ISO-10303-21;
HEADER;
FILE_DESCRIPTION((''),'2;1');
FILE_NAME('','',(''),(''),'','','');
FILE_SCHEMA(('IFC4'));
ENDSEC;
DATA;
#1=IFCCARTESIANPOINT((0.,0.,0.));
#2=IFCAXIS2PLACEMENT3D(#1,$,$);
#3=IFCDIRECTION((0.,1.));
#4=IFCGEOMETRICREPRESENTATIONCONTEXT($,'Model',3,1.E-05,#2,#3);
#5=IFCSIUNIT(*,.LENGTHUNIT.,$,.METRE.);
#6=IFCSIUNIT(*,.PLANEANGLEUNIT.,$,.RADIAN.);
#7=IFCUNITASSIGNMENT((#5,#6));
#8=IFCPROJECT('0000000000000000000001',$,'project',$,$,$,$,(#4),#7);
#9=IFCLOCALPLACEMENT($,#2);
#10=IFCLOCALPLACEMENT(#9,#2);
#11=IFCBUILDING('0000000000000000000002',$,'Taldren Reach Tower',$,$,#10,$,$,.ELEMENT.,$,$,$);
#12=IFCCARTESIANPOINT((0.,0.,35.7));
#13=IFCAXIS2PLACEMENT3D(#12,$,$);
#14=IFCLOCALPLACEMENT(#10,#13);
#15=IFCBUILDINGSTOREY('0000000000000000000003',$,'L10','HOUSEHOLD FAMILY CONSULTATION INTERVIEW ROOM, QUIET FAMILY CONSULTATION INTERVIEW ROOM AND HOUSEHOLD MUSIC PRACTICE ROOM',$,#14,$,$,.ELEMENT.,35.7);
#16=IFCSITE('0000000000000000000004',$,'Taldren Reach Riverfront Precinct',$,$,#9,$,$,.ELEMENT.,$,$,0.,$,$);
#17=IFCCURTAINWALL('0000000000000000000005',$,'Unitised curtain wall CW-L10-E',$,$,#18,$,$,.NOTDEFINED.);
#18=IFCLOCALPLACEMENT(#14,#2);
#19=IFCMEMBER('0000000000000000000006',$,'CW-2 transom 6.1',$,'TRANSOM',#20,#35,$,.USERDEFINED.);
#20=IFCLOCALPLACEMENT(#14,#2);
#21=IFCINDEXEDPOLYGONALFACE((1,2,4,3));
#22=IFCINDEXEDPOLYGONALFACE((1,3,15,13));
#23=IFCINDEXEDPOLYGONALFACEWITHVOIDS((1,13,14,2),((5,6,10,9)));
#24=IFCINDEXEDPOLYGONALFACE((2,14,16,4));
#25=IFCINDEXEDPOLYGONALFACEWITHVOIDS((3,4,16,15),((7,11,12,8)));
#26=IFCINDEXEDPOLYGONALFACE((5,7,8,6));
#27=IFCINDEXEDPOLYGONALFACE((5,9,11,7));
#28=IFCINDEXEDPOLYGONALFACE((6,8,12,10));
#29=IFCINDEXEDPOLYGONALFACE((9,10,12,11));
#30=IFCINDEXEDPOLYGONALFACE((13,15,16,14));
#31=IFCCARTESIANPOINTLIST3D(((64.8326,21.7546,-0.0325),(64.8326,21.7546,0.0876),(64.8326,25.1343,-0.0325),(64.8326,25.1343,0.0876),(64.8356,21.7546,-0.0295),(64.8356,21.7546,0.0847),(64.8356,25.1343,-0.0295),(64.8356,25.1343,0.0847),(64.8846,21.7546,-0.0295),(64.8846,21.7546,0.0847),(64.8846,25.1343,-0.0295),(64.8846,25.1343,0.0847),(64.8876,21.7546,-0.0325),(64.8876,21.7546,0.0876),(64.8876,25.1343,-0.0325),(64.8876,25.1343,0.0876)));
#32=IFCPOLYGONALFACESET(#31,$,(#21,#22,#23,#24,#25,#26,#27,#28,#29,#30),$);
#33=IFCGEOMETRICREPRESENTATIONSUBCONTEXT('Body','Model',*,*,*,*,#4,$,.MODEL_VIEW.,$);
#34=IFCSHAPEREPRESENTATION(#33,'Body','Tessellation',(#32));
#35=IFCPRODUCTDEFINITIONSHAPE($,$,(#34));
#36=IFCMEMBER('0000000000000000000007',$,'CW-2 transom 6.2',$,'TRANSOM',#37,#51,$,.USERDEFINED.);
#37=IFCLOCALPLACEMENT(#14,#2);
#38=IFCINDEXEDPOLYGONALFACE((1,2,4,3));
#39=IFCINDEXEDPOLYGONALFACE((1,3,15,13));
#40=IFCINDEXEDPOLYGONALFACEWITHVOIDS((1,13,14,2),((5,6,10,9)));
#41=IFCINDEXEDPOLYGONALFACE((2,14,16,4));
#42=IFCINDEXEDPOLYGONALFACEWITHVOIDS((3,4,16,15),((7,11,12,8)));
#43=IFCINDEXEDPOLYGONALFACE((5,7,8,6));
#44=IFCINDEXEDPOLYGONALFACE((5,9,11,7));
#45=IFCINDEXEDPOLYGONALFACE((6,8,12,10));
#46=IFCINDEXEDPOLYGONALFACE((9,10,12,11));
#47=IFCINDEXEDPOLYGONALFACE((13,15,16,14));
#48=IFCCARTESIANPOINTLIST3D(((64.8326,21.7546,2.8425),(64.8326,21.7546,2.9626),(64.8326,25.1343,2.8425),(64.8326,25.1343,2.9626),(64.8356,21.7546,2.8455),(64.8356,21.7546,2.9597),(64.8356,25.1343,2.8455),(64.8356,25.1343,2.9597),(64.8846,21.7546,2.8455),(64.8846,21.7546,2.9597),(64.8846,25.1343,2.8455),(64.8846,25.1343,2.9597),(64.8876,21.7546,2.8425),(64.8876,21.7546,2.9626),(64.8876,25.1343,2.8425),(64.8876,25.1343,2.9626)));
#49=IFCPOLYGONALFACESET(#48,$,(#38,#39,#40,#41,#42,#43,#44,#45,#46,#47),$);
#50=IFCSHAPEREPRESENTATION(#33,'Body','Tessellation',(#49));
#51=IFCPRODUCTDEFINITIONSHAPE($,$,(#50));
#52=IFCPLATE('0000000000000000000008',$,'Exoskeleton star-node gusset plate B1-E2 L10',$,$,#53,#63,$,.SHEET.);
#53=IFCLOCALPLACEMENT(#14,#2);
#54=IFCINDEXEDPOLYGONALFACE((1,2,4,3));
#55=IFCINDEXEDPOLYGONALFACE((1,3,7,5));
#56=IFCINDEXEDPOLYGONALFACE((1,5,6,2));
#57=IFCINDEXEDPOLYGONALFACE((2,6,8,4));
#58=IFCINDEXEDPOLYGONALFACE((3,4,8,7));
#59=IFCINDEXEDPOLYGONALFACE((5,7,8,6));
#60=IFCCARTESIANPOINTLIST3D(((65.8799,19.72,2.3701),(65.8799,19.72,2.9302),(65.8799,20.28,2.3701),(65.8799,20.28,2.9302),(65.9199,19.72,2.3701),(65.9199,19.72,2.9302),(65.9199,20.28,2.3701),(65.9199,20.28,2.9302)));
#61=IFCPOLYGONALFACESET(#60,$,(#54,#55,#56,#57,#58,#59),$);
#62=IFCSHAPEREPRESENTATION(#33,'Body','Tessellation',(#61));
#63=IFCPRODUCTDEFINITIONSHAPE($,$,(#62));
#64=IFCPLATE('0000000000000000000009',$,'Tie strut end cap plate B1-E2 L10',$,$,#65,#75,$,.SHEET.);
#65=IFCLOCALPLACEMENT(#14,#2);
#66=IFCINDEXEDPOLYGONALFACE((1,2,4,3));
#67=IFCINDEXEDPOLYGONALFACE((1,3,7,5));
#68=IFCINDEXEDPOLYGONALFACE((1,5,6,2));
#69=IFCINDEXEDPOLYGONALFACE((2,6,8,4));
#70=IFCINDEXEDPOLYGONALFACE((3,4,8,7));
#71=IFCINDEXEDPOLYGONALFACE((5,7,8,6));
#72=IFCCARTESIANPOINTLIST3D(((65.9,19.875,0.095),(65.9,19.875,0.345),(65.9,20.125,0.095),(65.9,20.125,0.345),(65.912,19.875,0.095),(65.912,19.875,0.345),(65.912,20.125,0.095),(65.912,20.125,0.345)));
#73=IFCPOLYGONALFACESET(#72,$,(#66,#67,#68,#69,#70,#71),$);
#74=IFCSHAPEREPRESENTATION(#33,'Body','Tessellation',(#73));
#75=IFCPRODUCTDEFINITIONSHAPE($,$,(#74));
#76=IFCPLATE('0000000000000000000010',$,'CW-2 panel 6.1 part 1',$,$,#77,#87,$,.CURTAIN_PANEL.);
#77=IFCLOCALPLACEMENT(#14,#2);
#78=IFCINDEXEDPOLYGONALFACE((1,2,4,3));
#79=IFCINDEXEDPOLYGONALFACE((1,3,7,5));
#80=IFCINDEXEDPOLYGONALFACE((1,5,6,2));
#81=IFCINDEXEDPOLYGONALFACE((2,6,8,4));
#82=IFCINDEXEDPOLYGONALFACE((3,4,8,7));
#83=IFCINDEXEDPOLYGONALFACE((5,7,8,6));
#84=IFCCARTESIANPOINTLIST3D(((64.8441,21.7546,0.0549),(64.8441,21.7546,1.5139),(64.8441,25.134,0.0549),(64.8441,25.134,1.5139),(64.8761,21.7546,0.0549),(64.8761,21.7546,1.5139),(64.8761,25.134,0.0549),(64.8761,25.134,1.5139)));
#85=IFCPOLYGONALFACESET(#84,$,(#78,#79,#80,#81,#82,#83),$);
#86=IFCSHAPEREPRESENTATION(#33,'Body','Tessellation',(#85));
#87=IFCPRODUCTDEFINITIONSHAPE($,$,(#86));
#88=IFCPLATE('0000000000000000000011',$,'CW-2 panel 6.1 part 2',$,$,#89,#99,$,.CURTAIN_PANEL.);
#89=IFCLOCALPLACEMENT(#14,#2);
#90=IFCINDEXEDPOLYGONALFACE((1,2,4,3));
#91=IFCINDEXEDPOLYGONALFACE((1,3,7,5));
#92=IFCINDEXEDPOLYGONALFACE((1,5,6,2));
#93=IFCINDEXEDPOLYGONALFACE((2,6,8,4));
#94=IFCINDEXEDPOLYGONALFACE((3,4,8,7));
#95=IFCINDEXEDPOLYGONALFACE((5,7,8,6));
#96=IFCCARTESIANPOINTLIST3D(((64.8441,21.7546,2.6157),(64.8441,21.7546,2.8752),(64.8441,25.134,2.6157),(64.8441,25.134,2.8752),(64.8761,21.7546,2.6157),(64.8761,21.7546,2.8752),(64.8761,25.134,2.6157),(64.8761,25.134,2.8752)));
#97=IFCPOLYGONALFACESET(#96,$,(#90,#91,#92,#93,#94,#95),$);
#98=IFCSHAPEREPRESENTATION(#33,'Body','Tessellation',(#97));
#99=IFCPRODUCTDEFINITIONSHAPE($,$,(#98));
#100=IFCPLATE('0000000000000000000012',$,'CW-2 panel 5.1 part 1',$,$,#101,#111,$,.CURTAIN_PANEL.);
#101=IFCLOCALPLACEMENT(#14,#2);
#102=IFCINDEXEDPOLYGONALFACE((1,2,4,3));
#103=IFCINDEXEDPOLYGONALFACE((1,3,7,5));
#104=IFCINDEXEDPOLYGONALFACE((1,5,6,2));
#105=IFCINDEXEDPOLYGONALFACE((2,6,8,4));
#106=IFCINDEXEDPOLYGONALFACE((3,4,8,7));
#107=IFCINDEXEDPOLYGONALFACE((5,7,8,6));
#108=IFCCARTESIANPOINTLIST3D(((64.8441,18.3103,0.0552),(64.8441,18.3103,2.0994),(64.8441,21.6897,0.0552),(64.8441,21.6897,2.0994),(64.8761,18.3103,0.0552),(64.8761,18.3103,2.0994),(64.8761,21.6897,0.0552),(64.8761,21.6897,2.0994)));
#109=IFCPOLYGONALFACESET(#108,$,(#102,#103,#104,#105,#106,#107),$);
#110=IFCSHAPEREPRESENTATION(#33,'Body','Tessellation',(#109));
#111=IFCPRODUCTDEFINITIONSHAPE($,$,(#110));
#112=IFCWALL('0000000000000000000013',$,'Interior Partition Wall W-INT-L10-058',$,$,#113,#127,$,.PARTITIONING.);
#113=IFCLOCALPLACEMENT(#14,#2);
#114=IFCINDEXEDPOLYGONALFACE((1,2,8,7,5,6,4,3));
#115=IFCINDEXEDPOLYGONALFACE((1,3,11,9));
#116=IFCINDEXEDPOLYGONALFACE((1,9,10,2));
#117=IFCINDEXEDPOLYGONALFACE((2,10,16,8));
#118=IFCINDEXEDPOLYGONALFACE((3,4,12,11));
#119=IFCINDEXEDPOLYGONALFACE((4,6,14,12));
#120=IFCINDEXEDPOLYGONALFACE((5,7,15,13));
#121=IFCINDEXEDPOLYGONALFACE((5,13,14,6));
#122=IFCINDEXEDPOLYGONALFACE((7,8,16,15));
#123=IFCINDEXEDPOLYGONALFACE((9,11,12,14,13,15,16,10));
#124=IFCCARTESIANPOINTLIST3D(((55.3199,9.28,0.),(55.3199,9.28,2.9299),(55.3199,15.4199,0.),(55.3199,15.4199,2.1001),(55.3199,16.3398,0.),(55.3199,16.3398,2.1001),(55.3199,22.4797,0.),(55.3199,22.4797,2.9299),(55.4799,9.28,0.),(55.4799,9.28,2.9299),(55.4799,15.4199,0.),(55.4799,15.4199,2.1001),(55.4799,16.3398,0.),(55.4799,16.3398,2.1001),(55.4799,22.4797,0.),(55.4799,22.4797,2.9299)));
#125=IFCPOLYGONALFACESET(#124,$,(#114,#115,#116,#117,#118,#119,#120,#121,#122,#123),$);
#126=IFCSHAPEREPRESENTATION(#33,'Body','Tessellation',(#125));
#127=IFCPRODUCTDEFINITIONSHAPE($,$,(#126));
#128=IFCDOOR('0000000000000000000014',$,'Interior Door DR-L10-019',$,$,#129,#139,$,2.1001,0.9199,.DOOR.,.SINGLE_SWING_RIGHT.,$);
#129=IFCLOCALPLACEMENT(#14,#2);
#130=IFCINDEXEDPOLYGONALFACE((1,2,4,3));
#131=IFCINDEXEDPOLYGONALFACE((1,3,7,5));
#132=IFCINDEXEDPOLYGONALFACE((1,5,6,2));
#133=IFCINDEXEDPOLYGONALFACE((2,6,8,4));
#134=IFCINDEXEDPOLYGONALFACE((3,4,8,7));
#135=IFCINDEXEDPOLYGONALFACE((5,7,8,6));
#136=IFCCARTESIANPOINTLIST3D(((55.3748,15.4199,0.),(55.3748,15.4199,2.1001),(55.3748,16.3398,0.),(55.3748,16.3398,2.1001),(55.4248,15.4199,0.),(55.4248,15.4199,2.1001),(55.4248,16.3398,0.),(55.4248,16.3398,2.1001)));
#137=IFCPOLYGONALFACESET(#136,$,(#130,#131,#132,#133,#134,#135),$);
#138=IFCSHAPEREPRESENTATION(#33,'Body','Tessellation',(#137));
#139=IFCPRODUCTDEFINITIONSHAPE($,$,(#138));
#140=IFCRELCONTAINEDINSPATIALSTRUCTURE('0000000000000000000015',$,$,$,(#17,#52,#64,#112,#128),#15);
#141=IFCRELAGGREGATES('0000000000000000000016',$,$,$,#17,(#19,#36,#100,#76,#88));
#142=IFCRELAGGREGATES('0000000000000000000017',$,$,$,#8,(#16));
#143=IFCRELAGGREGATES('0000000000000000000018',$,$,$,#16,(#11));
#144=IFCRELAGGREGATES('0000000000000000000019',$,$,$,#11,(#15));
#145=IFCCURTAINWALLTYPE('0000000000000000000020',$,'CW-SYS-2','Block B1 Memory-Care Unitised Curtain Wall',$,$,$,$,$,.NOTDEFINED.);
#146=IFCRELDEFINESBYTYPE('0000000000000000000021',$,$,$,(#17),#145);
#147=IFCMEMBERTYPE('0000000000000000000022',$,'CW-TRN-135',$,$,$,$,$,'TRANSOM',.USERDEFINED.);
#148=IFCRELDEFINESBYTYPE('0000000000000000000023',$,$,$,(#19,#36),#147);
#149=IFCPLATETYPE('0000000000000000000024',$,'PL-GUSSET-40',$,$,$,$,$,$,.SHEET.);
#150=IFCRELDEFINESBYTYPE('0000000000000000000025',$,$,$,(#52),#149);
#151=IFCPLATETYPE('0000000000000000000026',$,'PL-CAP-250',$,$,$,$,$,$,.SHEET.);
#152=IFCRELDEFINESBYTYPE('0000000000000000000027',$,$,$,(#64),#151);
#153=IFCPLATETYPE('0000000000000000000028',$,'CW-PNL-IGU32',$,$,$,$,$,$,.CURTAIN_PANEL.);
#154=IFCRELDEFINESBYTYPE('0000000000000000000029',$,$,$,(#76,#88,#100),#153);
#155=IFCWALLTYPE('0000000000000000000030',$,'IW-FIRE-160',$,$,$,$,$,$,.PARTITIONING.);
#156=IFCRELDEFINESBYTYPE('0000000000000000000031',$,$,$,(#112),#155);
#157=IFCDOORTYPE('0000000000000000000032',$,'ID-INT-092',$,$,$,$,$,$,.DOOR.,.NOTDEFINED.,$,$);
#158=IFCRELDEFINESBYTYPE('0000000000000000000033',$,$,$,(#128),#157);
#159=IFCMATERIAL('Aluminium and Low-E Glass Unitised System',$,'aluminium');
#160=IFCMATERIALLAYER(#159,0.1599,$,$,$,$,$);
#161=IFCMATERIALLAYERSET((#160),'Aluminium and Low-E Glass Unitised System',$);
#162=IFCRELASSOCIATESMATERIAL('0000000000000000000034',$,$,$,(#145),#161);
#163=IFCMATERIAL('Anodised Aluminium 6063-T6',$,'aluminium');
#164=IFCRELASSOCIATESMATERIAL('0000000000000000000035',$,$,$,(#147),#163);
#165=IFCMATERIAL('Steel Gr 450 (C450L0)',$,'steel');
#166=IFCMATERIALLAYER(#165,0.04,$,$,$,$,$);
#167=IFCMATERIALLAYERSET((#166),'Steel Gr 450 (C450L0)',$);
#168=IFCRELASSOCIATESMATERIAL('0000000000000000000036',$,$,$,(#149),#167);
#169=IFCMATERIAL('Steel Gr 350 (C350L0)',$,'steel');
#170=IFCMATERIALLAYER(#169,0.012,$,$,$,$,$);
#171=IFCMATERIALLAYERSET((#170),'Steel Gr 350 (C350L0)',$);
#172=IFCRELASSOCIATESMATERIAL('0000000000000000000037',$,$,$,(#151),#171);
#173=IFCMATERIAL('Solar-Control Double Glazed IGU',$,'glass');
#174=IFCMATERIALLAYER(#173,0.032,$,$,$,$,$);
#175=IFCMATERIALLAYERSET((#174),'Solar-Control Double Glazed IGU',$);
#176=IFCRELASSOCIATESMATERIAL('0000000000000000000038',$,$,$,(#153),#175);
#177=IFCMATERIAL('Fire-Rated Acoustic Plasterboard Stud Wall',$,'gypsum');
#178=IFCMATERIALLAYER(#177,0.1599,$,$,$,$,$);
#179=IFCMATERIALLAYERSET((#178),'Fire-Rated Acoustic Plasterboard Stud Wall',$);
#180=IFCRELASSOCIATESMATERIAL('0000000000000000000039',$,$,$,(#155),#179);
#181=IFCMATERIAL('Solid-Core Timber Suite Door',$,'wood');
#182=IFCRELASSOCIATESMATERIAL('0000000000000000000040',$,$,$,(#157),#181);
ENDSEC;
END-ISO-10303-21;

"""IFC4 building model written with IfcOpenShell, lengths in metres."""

from ifc_helpers import new_model, si_unit, direction, frame, frame_2d, origin, origin_2d, place, context, subcontext, project, spatial, rectangle, hollow_rectangle, extrude, source, transform, mapped, material, layer, layer_set, material_profile, profile_set, type_object, element, fill, aggregate, save


model = new_model("IFC4")

# Units and contexts
model_context = context("Model", 3, precision=1e-05, world=origin(), true_north=direction((0.0, 1.0)))
body_context = subcontext(model_context, "Body", "Model", "MODEL_VIEW")
ifc_project = project(units=[si_unit("LENGTHUNIT", "METRE"), si_unit("PLANEANGLEUNIT", "RADIAN")], contexts=[model_context])

# Site, building, storey
site_placement = place(None, origin())
site = spatial("IfcSite", under=ifc_project, at=site_placement, Name="Taldren Reach Riverfront Precinct", CompositionType="ELEMENT", RefElevation=0.0)
building_placement = place(site_placement, origin())
building = spatial("IfcBuilding", under=site, at=building_placement, Name="Taldren Reach Tower", CompositionType="ELEMENT")
storey_placement = place(building_placement, frame((0.0, 0.0, 35.7)))
storey = spatial("IfcBuildingStorey", under=building, at=storey_placement, Name="L10", Description="HOUSEHOLD FAMILY CONSULTATION INTERVIEW ROOM, QUIET FAMILY CONSULTATION INTERVIEW ROOM AND HOUSEHOLD MUSIC PRACTICE ROOM", CompositionType="ELEMENT", Elevation=35.7)

# Shared definitions
ifc_material_1 = material(Name="Steel Gr 450 (C450L0)", Category="steel")
ifc_material_2 = material(Name="Steel Gr 350 (C350L0)", Category="steel")

# Curtain wall, members
ifc_material_3 = material(Name="Aluminium and Low-E Glass Unitised System", Category="aluminium")
ifc_layer_1 = layer(ifc_material_3, 0.1599)
ifc_layer_set_1 = layer_set([ifc_layer_1], Name="Aluminium and Low-E Glass Unitised System")
curtain_wall_type = type_object("IfcCurtainWallType", Name="CW-SYS-2", Description="Block B1 Memory-Care Unitised Curtain Wall", PredefinedType="NOTDEFINED", material=ifc_layer_set_1)
curtain_wall_placement = place(storey_placement, origin())
curtain_wall = element("IfcCurtainWall", 1, at=curtain_wall_placement, inside=storey, type_object=curtain_wall_type, Name="Unitised curtain wall CW-L10-E", PredefinedType="NOTDEFINED")
ifc_material_4 = material(Name="Anodised Aluminium 6063-T6", Category="aluminium")
ifc_material_profile_1 = material_profile(ifc_material_4, hollow_rectangle(XDim=0.0549, YDim=0.1201, WallThickness=0.0029, at=origin_2d()), Name="ALU-120x55x3RHS")
ifc_profile_set_1 = profile_set([ifc_material_profile_1], Name="Anodised Aluminium 6063-T6")
member_type_1 = type_object("IfcMemberType", Name="CW-TRN-135", ElementType="TRANSOM", PredefinedType="USERDEFINED", material=ifc_profile_set_1)
shared_shape_1 = source(origin(), body_context, "Body", "SweptSolid", [
    extrude(hollow_rectangle(XDim=0.0549, YDim=0.1201, WallThickness=0.0029, at=origin_2d()), origin(), (0.0, 0.0, 1.0), 3.3796),
])
member_1_placement = place(storey_placement, frame((64.8601, 21.7546, 0.0276), z_axis=(0.0, 1.0, 0.0), x_axis=(-1.0, 0.0, 0.0)))
member_1 = element("IfcMember", 2, at=member_1_placement, type_object=member_type_1, Name="CW-2 transom 6.1", ObjectType="TRANSOM", PredefinedType="USERDEFINED", context=body_context, shape_type="MappedRepresentation", body=[
    mapped(shared_shape_1, transform((0.0, 0.0, 0.0), scale=1.0)),
])
member_2_placement = place(storey_placement, frame((64.8601, 21.7546, 2.9026), z_axis=(0.0, 1.0, 0.0), x_axis=(-1.0, 0.0, 0.0)))
member_2 = element("IfcMember", 3, at=member_2_placement, type_object=member_type_1, Name="CW-2 transom 6.2", ObjectType="TRANSOM", PredefinedType="USERDEFINED", context=body_context, shape_type="MappedRepresentation", body=[
    mapped(shared_shape_1, transform((0.0, 0.0, 0.0), scale=1.0)),
])

# Plates
ifc_layer_2 = layer(ifc_material_1, 0.04)
ifc_layer_set_2 = layer_set([ifc_layer_2], Name="Steel Gr 450 (C450L0)")
plate_type_1 = type_object("IfcPlateType", Name="PL-GUSSET-40", PredefinedType="SHEET", material=ifc_layer_set_2)
shared_shape_2 = source(origin(), body_context, "Body", "SweptSolid", [
    extrude(rectangle(XDim=0.5601, YDim=0.04, at=origin_2d()), origin(), (0.0, 0.0, 1.0), 0.5601),
])
plate_1_placement = place(storey_placement, frame((65.8999, 20.0, 2.3701), z_axis=(0.0, 0.0, 1.0), x_axis=(0.0, 1.0, 0.0)))
element("IfcPlate", 4, at=plate_1_placement, inside=storey, type_object=plate_type_1, Name="Exoskeleton star-node gusset plate B1-E2 L10", PredefinedType="SHEET", context=body_context, shape_type="MappedRepresentation", body=[
    mapped(shared_shape_2, transform((0.0, 0.0, 0.0), scale=1.0)),
])
ifc_layer_3 = layer(ifc_material_2, 0.012)
ifc_layer_set_3 = layer_set([ifc_layer_3], Name="Steel Gr 350 (C350L0)")
plate_type_2 = type_object("IfcPlateType", Name="PL-CAP-250", PredefinedType="SHEET", material=ifc_layer_set_3)
shared_shape_3 = source(origin(), body_context, "Body", "SweptSolid", [
    extrude(rectangle(XDim=0.012, YDim=0.25, at=origin_2d()), origin(), (0.0, 0.0, 1.0), 0.25),
])
plate_2_placement = place(storey_placement, frame((65.906, 20.0, 0.095), z_axis=(0.0, 0.0, 1.0), x_axis=(1.0, 0.0, 0.0)))
element("IfcPlate", 5, at=plate_2_placement, inside=storey, type_object=plate_type_2, Name="Tie strut end cap plate B1-E2 L10", PredefinedType="SHEET", context=body_context, shape_type="MappedRepresentation", body=[
    mapped(shared_shape_3, transform((0.0, 0.0, 0.0), scale=1.0)),
])

# Plates
ifc_material_5 = material(Name="Solar-Control Double Glazed IGU", Category="glass")
ifc_layer_4 = layer(ifc_material_5, 0.032)
ifc_layer_set_4 = layer_set([ifc_layer_4], Name="Solar-Control Double Glazed IGU")
plate_type_3 = type_object("IfcPlateType", Name="CW-PNL-IGU32", PredefinedType="CURTAIN_PANEL", material=ifc_layer_set_4)
shared_shape_4 = source(origin(), body_context, "Body", "SweptSolid", [
    extrude(rectangle(XDim=3.3794, YDim=0.032, at=origin_2d()), origin(), (0.0, 0.0, 1.0), 1.459),
])
plate_3_placement = place(storey_placement, frame((64.8601, 23.4443, 0.0549), z_axis=(0.0, 0.0, 1.0), x_axis=(0.0, 1.0, 0.0)))
plate_3 = element("IfcPlate", 6, at=plate_3_placement, type_object=plate_type_3, Name="CW-2 panel 6.1 part 1", PredefinedType="CURTAIN_PANEL", context=body_context, shape_type="MappedRepresentation", body=[
    mapped(shared_shape_4, transform((0.0, 0.0, 0.0), scale=1.0)),
])
shared_shape_5 = source(origin(), body_context, "Body", "SweptSolid", [
    extrude(rectangle(XDim=3.3794, YDim=0.032, at=origin_2d()), origin(), (0.0, 0.0, 1.0), 0.2595),
])
plate_4_placement = place(storey_placement, frame((64.8601, 23.4443, 2.6157), z_axis=(0.0, 0.0, 1.0), x_axis=(0.0, 1.0, 0.0)))
plate_4 = element("IfcPlate", 7, at=plate_4_placement, type_object=plate_type_3, Name="CW-2 panel 6.1 part 2", PredefinedType="CURTAIN_PANEL", context=body_context, shape_type="MappedRepresentation", body=[
    mapped(shared_shape_5, transform((0.0, 0.0, 0.0), scale=1.0)),
])
shared_shape_6 = source(origin(), body_context, "Body", "SweptSolid", [
    extrude(rectangle(XDim=3.3794, YDim=0.032, at=origin_2d()), origin(), (0.0, 0.0, 1.0), 2.0442),
])
plate_5_placement = place(storey_placement, frame((64.8601, 20.0, 0.0552), z_axis=(0.0, 0.0, 1.0), x_axis=(0.0, 1.0, 0.0)))
plate_5 = element("IfcPlate", 8, at=plate_5_placement, type_object=plate_type_3, Name="CW-2 panel 5.1 part 1", PredefinedType="CURTAIN_PANEL", context=body_context, shape_type="MappedRepresentation", body=[
    mapped(shared_shape_6, transform((0.0, 0.0, 0.0), scale=1.0)),
])
aggregate(curtain_wall, [member_1, member_2, plate_5, plate_3, plate_4])

# Wall, opening, door
ifc_material_6 = material(Name="Fire-Rated Acoustic Plasterboard Stud Wall", Category="gypsum")
ifc_layer_5 = layer(ifc_material_6, 0.1599)
ifc_layer_set_5 = layer_set([ifc_layer_5], Name="Fire-Rated Acoustic Plasterboard Stud Wall")
wall_type_1 = type_object("IfcWallType", Name="IW-FIRE-160", PredefinedType="PARTITIONING", material=ifc_layer_set_5)
shared_shape_7 = source(origin(), body_context, "Body", "SweptSolid", [
    extrude(rectangle(XDim=13.1997, YDim=0.1599, at=frame_2d((6.5999, 0.0))), origin(), (0.0, 0.0, 1.0), 2.9299),
])
wall_1_placement = place(storey_placement, frame((55.3999, 22.4797, 0.0), z_axis=(0.0, 0.0, 1.0), x_axis=(0.0, -1.0, 0.0)))
wall_1 = element("IfcWall", 9, at=wall_1_placement, inside=storey, type_object=wall_type_1, Name="Interior Partition Wall W-INT-L10-058", PredefinedType="PARTITIONING", context=body_context, shape_type="MappedRepresentation", body=[
    mapped(shared_shape_7, transform((0.0, 0.0, 0.0), scale=1.0)),
])
shared_shape_8 = source(origin(), body_context, "Body", "SweptSolid", [
    extrude(rectangle(XDim=0.9199, YDim=2.1001, at=frame_2d((0.46, 1.05))), frame((0.0, 0.0898, 0.0), z_axis=(0.0, -1.0, 0.0), x_axis=(1.0, 0.0, 0.0)), (0.0, 0.0, 1.0), 0.1799),
])
opening_1_placement = place(wall_1_placement, frame((6.1399, 0.0, 0.0)))
opening_1 = element("IfcOpeningElement", 10, at=opening_1_placement, cuts=wall_1, PredefinedType="OPENING", context=body_context, shape_type="MappedRepresentation", body=[
    mapped(shared_shape_8, transform((0.0, 0.0, 0.0), scale=1.0)),
])
ifc_material_7 = material(Name="Solid-Core Timber Suite Door", Category="wood")
door_type_1 = type_object("IfcDoorType", Name="ID-INT-092", OperationType="NOTDEFINED", PredefinedType="DOOR", material=ifc_material_7)
shared_shape_9 = source(origin(), body_context, "Body", "SweptSolid", [
    extrude(rectangle(XDim=0.9199, YDim=2.1001, at=frame_2d((0.46, 1.05))), frame((0.0, 0.0249, 0.0), z_axis=(0.0, -1.0, 0.0), x_axis=(1.0, 0.0, 0.0)), (0.0, 0.0, 1.0), 0.05),
])
door_1_placement = place(opening_1_placement, origin())
door_1 = element("IfcDoor", 11, at=door_1_placement, inside=storey, type_object=door_type_1, Name="Interior Door DR-L10-019", OperationType="SINGLE_SWING_RIGHT", OverallHeight=2.1001, OverallWidth=0.9199, PredefinedType="DOOR", context=body_context, shape_type="MappedRepresentation", body=[
    mapped(shared_shape_9, transform((0.0, 0.0, 0.0), scale=1.0)),
])
fill(opening_1, door_1)

save(model, "model.ifc")
